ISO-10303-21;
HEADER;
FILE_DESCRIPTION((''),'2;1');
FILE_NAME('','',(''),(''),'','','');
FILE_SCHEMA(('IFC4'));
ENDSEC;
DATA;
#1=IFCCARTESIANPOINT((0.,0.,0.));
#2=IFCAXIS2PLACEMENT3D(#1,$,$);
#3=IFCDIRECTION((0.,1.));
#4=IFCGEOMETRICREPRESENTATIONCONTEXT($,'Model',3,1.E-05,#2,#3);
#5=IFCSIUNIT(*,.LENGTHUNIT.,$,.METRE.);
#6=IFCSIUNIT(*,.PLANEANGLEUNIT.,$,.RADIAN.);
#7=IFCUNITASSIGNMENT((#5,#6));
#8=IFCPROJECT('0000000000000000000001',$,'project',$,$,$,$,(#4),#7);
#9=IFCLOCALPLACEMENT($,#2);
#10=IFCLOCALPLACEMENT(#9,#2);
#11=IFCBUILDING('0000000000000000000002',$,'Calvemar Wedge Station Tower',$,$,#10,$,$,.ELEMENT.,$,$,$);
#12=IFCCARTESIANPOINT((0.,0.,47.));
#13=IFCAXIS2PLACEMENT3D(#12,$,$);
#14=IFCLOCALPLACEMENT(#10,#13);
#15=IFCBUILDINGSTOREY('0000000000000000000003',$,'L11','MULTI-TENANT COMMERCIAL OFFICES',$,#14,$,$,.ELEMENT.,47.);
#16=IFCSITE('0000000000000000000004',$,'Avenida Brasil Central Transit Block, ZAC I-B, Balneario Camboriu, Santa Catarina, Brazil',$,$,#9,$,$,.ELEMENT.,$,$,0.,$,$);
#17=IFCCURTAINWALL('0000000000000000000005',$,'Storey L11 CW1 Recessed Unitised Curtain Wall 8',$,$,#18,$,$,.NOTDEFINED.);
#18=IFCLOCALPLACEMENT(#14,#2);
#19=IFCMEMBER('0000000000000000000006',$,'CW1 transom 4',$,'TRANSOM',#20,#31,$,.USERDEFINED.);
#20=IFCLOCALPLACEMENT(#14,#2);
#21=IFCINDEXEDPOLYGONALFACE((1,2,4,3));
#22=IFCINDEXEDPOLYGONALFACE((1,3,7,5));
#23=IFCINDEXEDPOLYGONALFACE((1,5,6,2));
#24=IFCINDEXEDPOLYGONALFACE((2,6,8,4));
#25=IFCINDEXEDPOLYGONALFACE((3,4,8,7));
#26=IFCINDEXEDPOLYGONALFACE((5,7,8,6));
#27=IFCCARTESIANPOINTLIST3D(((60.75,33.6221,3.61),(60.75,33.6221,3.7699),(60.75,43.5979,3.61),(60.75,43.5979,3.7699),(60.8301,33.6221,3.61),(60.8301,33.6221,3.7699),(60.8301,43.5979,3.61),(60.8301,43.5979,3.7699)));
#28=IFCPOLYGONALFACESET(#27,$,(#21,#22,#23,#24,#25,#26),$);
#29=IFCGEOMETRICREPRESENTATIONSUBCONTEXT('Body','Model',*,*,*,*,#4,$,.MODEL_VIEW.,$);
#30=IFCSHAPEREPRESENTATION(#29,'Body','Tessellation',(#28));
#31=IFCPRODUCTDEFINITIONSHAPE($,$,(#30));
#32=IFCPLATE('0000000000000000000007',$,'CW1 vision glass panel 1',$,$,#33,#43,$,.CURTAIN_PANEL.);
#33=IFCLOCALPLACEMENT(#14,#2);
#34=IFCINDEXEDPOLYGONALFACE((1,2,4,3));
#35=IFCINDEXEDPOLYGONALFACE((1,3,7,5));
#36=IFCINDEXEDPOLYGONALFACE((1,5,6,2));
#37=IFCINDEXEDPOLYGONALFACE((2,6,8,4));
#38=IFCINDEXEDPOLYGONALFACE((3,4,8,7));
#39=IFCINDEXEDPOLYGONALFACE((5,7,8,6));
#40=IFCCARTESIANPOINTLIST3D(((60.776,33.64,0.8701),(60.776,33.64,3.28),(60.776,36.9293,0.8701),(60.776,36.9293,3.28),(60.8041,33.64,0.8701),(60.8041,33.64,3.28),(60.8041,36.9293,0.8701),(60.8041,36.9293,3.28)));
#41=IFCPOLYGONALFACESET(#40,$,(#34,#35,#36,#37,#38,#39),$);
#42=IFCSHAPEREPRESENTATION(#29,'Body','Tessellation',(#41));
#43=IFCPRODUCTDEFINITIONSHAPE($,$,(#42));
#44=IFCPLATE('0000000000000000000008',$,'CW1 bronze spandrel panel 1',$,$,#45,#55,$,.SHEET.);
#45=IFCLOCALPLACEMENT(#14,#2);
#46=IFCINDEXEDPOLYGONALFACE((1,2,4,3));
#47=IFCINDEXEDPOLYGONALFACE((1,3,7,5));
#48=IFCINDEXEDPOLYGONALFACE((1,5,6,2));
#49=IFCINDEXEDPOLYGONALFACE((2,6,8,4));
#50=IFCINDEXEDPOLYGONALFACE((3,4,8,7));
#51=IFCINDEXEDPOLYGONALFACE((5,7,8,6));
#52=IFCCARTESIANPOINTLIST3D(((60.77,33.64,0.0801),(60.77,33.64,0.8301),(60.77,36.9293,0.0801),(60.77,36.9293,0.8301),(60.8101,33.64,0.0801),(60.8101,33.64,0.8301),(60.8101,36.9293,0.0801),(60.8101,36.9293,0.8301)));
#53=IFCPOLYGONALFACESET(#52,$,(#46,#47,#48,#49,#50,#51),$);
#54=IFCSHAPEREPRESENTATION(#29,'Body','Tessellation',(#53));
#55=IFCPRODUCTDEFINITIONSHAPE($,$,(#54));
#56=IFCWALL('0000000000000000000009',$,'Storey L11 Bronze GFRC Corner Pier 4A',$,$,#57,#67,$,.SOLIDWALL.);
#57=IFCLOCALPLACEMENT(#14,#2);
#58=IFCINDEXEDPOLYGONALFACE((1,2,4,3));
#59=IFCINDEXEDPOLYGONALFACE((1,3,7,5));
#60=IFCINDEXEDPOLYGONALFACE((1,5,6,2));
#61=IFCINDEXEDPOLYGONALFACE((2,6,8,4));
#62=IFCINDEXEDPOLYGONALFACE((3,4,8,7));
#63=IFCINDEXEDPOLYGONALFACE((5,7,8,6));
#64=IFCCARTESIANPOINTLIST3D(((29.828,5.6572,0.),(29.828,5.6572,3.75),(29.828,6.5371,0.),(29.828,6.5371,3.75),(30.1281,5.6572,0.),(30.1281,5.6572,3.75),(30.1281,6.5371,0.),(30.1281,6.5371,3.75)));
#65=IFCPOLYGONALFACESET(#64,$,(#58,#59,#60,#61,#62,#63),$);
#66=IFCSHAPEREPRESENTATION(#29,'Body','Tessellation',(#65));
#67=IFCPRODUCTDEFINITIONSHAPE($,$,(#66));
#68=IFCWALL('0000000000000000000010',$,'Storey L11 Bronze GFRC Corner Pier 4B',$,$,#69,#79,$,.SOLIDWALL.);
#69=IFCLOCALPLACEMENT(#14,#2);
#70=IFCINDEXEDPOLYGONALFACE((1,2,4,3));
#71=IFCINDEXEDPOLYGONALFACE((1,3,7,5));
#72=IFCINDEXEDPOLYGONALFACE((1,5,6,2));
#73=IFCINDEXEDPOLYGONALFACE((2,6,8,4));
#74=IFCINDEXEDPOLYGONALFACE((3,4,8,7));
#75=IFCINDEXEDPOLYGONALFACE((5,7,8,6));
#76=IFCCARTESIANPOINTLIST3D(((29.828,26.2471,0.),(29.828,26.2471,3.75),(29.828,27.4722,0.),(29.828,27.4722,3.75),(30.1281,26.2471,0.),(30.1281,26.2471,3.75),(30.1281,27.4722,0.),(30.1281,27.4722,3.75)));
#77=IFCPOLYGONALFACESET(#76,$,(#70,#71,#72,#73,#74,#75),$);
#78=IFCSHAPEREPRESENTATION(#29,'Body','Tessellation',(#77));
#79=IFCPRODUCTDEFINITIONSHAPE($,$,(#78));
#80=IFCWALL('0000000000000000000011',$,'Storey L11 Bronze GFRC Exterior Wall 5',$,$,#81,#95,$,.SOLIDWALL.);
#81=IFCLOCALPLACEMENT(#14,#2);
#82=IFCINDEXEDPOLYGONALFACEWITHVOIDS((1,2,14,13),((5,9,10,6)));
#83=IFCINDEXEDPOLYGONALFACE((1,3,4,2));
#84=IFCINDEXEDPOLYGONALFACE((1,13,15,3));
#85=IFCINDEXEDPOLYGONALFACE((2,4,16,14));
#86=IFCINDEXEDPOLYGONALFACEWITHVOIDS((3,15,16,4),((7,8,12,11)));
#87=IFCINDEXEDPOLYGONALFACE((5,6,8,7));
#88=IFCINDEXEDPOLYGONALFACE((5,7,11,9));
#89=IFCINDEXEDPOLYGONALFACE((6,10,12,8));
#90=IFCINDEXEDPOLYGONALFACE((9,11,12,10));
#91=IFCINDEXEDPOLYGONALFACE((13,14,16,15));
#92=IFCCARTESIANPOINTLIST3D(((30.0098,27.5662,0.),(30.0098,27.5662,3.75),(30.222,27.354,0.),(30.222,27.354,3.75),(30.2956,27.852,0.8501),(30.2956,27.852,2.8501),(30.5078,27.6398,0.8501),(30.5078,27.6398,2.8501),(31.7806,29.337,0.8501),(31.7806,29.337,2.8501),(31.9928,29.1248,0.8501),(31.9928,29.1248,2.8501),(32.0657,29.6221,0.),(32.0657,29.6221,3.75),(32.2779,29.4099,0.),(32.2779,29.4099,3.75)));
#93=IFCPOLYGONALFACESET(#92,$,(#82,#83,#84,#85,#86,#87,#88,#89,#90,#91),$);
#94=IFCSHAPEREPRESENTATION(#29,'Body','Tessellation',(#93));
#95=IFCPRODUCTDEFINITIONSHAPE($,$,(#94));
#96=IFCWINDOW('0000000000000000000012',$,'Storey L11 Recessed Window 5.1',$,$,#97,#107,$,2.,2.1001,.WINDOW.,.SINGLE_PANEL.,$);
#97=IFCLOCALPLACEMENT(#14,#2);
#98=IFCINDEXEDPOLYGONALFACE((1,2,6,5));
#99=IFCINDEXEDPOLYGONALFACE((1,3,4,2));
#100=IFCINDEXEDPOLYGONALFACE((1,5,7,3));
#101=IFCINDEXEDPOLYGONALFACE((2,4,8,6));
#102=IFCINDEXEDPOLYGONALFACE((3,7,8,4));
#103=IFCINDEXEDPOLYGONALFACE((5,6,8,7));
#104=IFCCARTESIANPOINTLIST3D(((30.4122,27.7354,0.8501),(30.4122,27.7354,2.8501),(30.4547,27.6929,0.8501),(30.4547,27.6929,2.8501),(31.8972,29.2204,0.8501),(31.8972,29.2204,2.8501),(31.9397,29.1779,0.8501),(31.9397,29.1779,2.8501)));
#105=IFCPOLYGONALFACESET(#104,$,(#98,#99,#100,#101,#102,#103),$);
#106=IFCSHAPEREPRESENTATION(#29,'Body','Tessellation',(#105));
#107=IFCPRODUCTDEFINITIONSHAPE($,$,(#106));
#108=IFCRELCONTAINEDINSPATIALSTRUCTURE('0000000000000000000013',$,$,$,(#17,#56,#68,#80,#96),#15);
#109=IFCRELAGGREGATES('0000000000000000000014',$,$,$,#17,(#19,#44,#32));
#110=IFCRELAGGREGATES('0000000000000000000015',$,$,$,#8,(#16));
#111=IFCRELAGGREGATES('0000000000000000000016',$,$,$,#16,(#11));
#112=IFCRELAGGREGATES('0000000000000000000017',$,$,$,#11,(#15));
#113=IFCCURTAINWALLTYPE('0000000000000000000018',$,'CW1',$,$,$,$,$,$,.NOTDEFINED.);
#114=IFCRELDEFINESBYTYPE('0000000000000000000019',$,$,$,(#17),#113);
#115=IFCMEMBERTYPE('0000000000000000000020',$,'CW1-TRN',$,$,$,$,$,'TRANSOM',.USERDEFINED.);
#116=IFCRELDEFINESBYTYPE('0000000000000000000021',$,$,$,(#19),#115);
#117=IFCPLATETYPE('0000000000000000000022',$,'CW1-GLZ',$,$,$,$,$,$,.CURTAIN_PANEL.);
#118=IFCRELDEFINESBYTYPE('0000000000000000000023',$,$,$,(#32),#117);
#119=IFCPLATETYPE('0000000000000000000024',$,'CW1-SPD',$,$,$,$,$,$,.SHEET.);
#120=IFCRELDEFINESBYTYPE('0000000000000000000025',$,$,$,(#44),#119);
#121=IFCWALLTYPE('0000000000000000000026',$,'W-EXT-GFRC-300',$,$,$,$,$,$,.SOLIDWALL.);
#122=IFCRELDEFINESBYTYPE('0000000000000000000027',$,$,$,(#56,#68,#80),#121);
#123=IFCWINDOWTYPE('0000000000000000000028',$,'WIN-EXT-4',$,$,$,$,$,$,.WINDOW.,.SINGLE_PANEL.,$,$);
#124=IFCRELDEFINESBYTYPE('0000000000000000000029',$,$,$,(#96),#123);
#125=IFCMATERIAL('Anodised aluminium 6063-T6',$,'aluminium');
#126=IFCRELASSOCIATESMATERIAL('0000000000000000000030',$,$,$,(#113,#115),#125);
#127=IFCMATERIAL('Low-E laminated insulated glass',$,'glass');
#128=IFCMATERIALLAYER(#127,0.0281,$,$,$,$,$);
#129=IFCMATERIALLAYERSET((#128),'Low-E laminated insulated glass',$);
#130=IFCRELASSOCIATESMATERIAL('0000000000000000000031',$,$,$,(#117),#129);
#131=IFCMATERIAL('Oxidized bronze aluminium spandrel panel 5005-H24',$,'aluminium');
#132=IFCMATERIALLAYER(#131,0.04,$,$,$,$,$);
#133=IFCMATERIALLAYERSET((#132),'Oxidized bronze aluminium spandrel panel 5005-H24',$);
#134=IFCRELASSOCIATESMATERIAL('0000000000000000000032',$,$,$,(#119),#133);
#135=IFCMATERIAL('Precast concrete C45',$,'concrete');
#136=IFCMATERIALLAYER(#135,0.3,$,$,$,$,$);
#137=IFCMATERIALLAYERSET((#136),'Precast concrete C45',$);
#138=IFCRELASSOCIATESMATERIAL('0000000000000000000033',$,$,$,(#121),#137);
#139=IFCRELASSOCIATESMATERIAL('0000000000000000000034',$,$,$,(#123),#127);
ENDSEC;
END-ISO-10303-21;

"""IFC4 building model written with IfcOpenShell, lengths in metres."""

from ifc_helpers import new_model, si_unit, direction, frame, frame_2d, origin, origin_2d, place, context, subcontext, project, spatial, rectangle, extrude, source, transform, mapped, material, layer, layer_set, material_profile, profile_set, type_object, element, fill, aggregate, save


model = new_model("IFC4")

# Units and contexts
model_context = context("Model", 3, precision=1e-05, world=origin(), true_north=direction((0.0, 1.0)))
body_context = subcontext(model_context, "Body", "Model", "MODEL_VIEW")
ifc_project = project(units=[si_unit("LENGTHUNIT", "METRE"), si_unit("PLANEANGLEUNIT", "RADIAN")], contexts=[model_context])

# Site, building, storey
site_placement = place(None, origin())
site = spatial("IfcSite", under=ifc_project, at=site_placement, Name="Avenida Brasil Central Transit Block, ZAC I-B, Balneario Camboriu, Santa Catarina, Brazil", CompositionType="ELEMENT", RefElevation=0.0)
building_placement = place(site_placement, origin())
building = spatial("IfcBuilding", under=site, at=building_placement, Name="Calvemar Wedge Station Tower", CompositionType="ELEMENT")
storey_placement = place(building_placement, frame((0.0, 0.0, 47.0)))
storey = spatial("IfcBuildingStorey", under=building, at=storey_placement, Name="L11", Description="MULTI-TENANT COMMERCIAL OFFICES", CompositionType="ELEMENT", Elevation=47.0)

# Curtain wall, member, plates
ifc_material_1 = material(Name="Anodised aluminium 6063-T6", Category="aluminium")
curtain_wall_type = type_object("IfcCurtainWallType", Name="CW1", PredefinedType="NOTDEFINED", material=ifc_material_1)
curtain_wall_placement = place(storey_placement, origin())
curtain_wall = element("IfcCurtainWall", 1, at=curtain_wall_placement, inside=storey, type_object=curtain_wall_type, Name="Storey L11 CW1 Recessed Unitised Curtain Wall 8", PredefinedType="NOTDEFINED")
ifc_material_profile_1 = material_profile(ifc_material_1, rectangle(XDim=0.0801, YDim=0.1599, at=origin_2d()), Name="AL-TRN-80x160")
ifc_profile_set_1 = profile_set([ifc_material_profile_1], Name="Anodised aluminium 6063-T6")
member_type_1 = type_object("IfcMemberType", Name="CW1-TRN", ElementType="TRANSOM", PredefinedType="USERDEFINED", material=ifc_profile_set_1)
shared_shape_1 = source(origin(), body_context, "Body", "SweptSolid", [
    extrude(rectangle(XDim=0.0801, YDim=0.1599, at=origin_2d()), origin(), (0.0, 0.0, 1.0), 9.9758),
])
member_1_placement = place(storey_placement, frame((60.79, 33.6221, 3.6899), z_axis=(0.0, 1.0, 0.0), x_axis=(-1.0, 0.0, 0.0)))
member_1 = element("IfcMember", 2, at=member_1_placement, type_object=member_type_1, Name="CW1 transom 4", ObjectType="TRANSOM", PredefinedType="USERDEFINED", context=body_context, shape_type="MappedRepresentation", body=[
    mapped(shared_shape_1, transform((0.0, 0.0, 0.0), scale=1.0)),
])
ifc_material_2 = material(Name="Low-E laminated insulated glass", Category="glass")
ifc_layer_1 = layer(ifc_material_2, 0.0281)
ifc_layer_set_1 = layer_set([ifc_layer_1], Name="Low-E laminated insulated glass")
plate_type_1 = type_object("IfcPlateType", Name="CW1-GLZ", PredefinedType="CURTAIN_PANEL", material=ifc_layer_set_1)
plate_1_placement = place(storey_placement, frame((60.79, 33.6401, 0.8701), z_axis=(0.0, 0.0, 1.0), x_axis=(0.0, 1.0, 0.0)))
plate_1 = element("IfcPlate", 3, at=plate_1_placement, type_object=plate_type_1, Name="CW1 vision glass panel 1", PredefinedType="CURTAIN_PANEL", context=body_context, shape_type="SweptSolid", body=[
    extrude(rectangle(XDim=3.2893, YDim=0.0281, at=frame_2d((1.6445, 0.0))), origin(), (0.0, 0.0, 1.0), 2.4099),
])
ifc_material_3 = material(Name="Oxidized bronze aluminium spandrel panel 5005-H24", Category="aluminium")
ifc_layer_2 = layer(ifc_material_3, 0.04)
ifc_layer_set_2 = layer_set([ifc_layer_2], Name="Oxidized bronze aluminium spandrel panel 5005-H24")
plate_type_2 = type_object("IfcPlateType", Name="CW1-SPD", PredefinedType="SHEET", material=ifc_layer_set_2)
plate_2_placement = place(storey_placement, frame((60.79, 33.6401, 0.0801), z_axis=(0.0, 0.0, 1.0), x_axis=(0.0, 1.0, 0.0)))
plate_2 = element("IfcPlate", 4, at=plate_2_placement, type_object=plate_type_2, Name="CW1 bronze spandrel panel 1", PredefinedType="SHEET", context=body_context, shape_type="SweptSolid", body=[
    extrude(rectangle(XDim=3.2893, YDim=0.04, at=frame_2d((1.6445, 0.0))), origin(), (0.0, 0.0, 1.0), 0.75),
])
aggregate(curtain_wall, [member_1, plate_2, plate_1])

# Walls
ifc_material_4 = material(Name="Precast concrete C45", Category="concrete")
ifc_layer_3 = layer(ifc_material_4, 0.3)
ifc_layer_set_3 = layer_set([ifc_layer_3], Name="Precast concrete C45")
wall_type_1 = type_object("IfcWallType", Name="W-EXT-GFRC-300", PredefinedType="SOLIDWALL", material=ifc_layer_set_3)
wall_1_placement = place(storey_placement, frame((29.978, 5.6572, 0.0), z_axis=(0.0, 0.0, 1.0), x_axis=(0.0, 1.0, 0.0)))
element("IfcWall", 5, at=wall_1_placement, inside=storey, type_object=wall_type_1, Name="Storey L11 Bronze GFRC Corner Pier 4A", PredefinedType="SOLIDWALL", context=body_context, shape_type="SweptSolid", body=[
    extrude(rectangle(XDim=0.8799, YDim=0.3, at=frame_2d((0.4399, 0.0))), origin(), (0.0, 0.0, 1.0), 3.75),
])
wall_2_placement = place(storey_placement, frame((29.978, 26.2471, 0.0), z_axis=(0.0, 0.0, 1.0), x_axis=(0.0, 1.0, 0.0)))
element("IfcWall", 6, at=wall_2_placement, inside=storey, type_object=wall_type_1, Name="Storey L11 Bronze GFRC Corner Pier 4B", PredefinedType="SOLIDWALL", context=body_context, shape_type="SweptSolid", body=[
    extrude(rectangle(XDim=1.2251, YDim=0.3, at=frame_2d((0.6125, 0.0))), origin(), (0.0, 0.0, 1.0), 3.75),
])

# Wall, opening, window
wall_3_placement = place(storey_placement, frame((30.116, 27.4602, 0.0), z_axis=(0.0, 0.0, 1.0), x_axis=(0.707107, 0.707107, 0.0)))
wall_3 = element("IfcWall", 7, at=wall_3_placement, inside=storey, type_object=wall_type_1, Name="Storey L11 Bronze GFRC Exterior Wall 5", PredefinedType="SOLIDWALL", context=body_context, shape_type="SweptSolid", body=[
    extrude(rectangle(XDim=2.9075, YDim=0.3, at=frame_2d((1.4536, 0.0))), origin(), (0.0, 0.0, 1.0), 3.75),
])
shared_shape_2 = source(origin(), body_context, "Body", "SweptSolid", [
    extrude(rectangle(XDim=2.1001, YDim=2.0, at=frame_2d((1.05, 1.0))), frame((0.0, 0.1602, 0.0), z_axis=(0.0, -1.0, 0.0), x_axis=(1.0, 0.0, 0.0)), (0.0, 0.0, 1.0), 0.3201),
])
opening_1_placement = place(wall_3_placement, frame((0.4041, 0.0, 0.8501)))
opening_1 = element("IfcOpeningElement", 8, at=opening_1_placement, cuts=wall_3, PredefinedType="OPENING", context=body_context, shape_type="MappedRepresentation", body=[
    mapped(shared_shape_2, transform((0.0, 0.0, 0.0), scale=1.0)),
])
window_type_1 = type_object("IfcWindowType", Name="WIN-EXT-4", PartitioningType="SINGLE_PANEL", PredefinedType="WINDOW", material=ifc_material_2)
shared_shape_3 = source(origin(), body_context, "Body", "SweptSolid", [
    extrude(rectangle(XDim=2.1001, YDim=2.0, at=frame_2d((1.05, 1.0))), frame((0.0, -0.0149, 0.0), z_axis=(0.0, -1.0, 0.0), x_axis=(1.0, 0.0, 0.0)), (0.0, 0.0, 1.0), 0.0601),
])
window_1_placement = place(opening_1_placement, origin())
window_1 = element("IfcWindow", 9, at=window_1_placement, inside=storey, type_object=window_type_1, Name="Storey L11 Recessed Window 5.1", OverallHeight=2.0, OverallWidth=2.1001, PartitioningType="SINGLE_PANEL", PredefinedType="WINDOW", context=body_context, shape_type="MappedRepresentation", body=[
    mapped(shared_shape_3, transform((0.0, 0.0, 0.0), scale=1.0)),
])
fill(opening_1, window_1)

save(model, "model.ifc")
